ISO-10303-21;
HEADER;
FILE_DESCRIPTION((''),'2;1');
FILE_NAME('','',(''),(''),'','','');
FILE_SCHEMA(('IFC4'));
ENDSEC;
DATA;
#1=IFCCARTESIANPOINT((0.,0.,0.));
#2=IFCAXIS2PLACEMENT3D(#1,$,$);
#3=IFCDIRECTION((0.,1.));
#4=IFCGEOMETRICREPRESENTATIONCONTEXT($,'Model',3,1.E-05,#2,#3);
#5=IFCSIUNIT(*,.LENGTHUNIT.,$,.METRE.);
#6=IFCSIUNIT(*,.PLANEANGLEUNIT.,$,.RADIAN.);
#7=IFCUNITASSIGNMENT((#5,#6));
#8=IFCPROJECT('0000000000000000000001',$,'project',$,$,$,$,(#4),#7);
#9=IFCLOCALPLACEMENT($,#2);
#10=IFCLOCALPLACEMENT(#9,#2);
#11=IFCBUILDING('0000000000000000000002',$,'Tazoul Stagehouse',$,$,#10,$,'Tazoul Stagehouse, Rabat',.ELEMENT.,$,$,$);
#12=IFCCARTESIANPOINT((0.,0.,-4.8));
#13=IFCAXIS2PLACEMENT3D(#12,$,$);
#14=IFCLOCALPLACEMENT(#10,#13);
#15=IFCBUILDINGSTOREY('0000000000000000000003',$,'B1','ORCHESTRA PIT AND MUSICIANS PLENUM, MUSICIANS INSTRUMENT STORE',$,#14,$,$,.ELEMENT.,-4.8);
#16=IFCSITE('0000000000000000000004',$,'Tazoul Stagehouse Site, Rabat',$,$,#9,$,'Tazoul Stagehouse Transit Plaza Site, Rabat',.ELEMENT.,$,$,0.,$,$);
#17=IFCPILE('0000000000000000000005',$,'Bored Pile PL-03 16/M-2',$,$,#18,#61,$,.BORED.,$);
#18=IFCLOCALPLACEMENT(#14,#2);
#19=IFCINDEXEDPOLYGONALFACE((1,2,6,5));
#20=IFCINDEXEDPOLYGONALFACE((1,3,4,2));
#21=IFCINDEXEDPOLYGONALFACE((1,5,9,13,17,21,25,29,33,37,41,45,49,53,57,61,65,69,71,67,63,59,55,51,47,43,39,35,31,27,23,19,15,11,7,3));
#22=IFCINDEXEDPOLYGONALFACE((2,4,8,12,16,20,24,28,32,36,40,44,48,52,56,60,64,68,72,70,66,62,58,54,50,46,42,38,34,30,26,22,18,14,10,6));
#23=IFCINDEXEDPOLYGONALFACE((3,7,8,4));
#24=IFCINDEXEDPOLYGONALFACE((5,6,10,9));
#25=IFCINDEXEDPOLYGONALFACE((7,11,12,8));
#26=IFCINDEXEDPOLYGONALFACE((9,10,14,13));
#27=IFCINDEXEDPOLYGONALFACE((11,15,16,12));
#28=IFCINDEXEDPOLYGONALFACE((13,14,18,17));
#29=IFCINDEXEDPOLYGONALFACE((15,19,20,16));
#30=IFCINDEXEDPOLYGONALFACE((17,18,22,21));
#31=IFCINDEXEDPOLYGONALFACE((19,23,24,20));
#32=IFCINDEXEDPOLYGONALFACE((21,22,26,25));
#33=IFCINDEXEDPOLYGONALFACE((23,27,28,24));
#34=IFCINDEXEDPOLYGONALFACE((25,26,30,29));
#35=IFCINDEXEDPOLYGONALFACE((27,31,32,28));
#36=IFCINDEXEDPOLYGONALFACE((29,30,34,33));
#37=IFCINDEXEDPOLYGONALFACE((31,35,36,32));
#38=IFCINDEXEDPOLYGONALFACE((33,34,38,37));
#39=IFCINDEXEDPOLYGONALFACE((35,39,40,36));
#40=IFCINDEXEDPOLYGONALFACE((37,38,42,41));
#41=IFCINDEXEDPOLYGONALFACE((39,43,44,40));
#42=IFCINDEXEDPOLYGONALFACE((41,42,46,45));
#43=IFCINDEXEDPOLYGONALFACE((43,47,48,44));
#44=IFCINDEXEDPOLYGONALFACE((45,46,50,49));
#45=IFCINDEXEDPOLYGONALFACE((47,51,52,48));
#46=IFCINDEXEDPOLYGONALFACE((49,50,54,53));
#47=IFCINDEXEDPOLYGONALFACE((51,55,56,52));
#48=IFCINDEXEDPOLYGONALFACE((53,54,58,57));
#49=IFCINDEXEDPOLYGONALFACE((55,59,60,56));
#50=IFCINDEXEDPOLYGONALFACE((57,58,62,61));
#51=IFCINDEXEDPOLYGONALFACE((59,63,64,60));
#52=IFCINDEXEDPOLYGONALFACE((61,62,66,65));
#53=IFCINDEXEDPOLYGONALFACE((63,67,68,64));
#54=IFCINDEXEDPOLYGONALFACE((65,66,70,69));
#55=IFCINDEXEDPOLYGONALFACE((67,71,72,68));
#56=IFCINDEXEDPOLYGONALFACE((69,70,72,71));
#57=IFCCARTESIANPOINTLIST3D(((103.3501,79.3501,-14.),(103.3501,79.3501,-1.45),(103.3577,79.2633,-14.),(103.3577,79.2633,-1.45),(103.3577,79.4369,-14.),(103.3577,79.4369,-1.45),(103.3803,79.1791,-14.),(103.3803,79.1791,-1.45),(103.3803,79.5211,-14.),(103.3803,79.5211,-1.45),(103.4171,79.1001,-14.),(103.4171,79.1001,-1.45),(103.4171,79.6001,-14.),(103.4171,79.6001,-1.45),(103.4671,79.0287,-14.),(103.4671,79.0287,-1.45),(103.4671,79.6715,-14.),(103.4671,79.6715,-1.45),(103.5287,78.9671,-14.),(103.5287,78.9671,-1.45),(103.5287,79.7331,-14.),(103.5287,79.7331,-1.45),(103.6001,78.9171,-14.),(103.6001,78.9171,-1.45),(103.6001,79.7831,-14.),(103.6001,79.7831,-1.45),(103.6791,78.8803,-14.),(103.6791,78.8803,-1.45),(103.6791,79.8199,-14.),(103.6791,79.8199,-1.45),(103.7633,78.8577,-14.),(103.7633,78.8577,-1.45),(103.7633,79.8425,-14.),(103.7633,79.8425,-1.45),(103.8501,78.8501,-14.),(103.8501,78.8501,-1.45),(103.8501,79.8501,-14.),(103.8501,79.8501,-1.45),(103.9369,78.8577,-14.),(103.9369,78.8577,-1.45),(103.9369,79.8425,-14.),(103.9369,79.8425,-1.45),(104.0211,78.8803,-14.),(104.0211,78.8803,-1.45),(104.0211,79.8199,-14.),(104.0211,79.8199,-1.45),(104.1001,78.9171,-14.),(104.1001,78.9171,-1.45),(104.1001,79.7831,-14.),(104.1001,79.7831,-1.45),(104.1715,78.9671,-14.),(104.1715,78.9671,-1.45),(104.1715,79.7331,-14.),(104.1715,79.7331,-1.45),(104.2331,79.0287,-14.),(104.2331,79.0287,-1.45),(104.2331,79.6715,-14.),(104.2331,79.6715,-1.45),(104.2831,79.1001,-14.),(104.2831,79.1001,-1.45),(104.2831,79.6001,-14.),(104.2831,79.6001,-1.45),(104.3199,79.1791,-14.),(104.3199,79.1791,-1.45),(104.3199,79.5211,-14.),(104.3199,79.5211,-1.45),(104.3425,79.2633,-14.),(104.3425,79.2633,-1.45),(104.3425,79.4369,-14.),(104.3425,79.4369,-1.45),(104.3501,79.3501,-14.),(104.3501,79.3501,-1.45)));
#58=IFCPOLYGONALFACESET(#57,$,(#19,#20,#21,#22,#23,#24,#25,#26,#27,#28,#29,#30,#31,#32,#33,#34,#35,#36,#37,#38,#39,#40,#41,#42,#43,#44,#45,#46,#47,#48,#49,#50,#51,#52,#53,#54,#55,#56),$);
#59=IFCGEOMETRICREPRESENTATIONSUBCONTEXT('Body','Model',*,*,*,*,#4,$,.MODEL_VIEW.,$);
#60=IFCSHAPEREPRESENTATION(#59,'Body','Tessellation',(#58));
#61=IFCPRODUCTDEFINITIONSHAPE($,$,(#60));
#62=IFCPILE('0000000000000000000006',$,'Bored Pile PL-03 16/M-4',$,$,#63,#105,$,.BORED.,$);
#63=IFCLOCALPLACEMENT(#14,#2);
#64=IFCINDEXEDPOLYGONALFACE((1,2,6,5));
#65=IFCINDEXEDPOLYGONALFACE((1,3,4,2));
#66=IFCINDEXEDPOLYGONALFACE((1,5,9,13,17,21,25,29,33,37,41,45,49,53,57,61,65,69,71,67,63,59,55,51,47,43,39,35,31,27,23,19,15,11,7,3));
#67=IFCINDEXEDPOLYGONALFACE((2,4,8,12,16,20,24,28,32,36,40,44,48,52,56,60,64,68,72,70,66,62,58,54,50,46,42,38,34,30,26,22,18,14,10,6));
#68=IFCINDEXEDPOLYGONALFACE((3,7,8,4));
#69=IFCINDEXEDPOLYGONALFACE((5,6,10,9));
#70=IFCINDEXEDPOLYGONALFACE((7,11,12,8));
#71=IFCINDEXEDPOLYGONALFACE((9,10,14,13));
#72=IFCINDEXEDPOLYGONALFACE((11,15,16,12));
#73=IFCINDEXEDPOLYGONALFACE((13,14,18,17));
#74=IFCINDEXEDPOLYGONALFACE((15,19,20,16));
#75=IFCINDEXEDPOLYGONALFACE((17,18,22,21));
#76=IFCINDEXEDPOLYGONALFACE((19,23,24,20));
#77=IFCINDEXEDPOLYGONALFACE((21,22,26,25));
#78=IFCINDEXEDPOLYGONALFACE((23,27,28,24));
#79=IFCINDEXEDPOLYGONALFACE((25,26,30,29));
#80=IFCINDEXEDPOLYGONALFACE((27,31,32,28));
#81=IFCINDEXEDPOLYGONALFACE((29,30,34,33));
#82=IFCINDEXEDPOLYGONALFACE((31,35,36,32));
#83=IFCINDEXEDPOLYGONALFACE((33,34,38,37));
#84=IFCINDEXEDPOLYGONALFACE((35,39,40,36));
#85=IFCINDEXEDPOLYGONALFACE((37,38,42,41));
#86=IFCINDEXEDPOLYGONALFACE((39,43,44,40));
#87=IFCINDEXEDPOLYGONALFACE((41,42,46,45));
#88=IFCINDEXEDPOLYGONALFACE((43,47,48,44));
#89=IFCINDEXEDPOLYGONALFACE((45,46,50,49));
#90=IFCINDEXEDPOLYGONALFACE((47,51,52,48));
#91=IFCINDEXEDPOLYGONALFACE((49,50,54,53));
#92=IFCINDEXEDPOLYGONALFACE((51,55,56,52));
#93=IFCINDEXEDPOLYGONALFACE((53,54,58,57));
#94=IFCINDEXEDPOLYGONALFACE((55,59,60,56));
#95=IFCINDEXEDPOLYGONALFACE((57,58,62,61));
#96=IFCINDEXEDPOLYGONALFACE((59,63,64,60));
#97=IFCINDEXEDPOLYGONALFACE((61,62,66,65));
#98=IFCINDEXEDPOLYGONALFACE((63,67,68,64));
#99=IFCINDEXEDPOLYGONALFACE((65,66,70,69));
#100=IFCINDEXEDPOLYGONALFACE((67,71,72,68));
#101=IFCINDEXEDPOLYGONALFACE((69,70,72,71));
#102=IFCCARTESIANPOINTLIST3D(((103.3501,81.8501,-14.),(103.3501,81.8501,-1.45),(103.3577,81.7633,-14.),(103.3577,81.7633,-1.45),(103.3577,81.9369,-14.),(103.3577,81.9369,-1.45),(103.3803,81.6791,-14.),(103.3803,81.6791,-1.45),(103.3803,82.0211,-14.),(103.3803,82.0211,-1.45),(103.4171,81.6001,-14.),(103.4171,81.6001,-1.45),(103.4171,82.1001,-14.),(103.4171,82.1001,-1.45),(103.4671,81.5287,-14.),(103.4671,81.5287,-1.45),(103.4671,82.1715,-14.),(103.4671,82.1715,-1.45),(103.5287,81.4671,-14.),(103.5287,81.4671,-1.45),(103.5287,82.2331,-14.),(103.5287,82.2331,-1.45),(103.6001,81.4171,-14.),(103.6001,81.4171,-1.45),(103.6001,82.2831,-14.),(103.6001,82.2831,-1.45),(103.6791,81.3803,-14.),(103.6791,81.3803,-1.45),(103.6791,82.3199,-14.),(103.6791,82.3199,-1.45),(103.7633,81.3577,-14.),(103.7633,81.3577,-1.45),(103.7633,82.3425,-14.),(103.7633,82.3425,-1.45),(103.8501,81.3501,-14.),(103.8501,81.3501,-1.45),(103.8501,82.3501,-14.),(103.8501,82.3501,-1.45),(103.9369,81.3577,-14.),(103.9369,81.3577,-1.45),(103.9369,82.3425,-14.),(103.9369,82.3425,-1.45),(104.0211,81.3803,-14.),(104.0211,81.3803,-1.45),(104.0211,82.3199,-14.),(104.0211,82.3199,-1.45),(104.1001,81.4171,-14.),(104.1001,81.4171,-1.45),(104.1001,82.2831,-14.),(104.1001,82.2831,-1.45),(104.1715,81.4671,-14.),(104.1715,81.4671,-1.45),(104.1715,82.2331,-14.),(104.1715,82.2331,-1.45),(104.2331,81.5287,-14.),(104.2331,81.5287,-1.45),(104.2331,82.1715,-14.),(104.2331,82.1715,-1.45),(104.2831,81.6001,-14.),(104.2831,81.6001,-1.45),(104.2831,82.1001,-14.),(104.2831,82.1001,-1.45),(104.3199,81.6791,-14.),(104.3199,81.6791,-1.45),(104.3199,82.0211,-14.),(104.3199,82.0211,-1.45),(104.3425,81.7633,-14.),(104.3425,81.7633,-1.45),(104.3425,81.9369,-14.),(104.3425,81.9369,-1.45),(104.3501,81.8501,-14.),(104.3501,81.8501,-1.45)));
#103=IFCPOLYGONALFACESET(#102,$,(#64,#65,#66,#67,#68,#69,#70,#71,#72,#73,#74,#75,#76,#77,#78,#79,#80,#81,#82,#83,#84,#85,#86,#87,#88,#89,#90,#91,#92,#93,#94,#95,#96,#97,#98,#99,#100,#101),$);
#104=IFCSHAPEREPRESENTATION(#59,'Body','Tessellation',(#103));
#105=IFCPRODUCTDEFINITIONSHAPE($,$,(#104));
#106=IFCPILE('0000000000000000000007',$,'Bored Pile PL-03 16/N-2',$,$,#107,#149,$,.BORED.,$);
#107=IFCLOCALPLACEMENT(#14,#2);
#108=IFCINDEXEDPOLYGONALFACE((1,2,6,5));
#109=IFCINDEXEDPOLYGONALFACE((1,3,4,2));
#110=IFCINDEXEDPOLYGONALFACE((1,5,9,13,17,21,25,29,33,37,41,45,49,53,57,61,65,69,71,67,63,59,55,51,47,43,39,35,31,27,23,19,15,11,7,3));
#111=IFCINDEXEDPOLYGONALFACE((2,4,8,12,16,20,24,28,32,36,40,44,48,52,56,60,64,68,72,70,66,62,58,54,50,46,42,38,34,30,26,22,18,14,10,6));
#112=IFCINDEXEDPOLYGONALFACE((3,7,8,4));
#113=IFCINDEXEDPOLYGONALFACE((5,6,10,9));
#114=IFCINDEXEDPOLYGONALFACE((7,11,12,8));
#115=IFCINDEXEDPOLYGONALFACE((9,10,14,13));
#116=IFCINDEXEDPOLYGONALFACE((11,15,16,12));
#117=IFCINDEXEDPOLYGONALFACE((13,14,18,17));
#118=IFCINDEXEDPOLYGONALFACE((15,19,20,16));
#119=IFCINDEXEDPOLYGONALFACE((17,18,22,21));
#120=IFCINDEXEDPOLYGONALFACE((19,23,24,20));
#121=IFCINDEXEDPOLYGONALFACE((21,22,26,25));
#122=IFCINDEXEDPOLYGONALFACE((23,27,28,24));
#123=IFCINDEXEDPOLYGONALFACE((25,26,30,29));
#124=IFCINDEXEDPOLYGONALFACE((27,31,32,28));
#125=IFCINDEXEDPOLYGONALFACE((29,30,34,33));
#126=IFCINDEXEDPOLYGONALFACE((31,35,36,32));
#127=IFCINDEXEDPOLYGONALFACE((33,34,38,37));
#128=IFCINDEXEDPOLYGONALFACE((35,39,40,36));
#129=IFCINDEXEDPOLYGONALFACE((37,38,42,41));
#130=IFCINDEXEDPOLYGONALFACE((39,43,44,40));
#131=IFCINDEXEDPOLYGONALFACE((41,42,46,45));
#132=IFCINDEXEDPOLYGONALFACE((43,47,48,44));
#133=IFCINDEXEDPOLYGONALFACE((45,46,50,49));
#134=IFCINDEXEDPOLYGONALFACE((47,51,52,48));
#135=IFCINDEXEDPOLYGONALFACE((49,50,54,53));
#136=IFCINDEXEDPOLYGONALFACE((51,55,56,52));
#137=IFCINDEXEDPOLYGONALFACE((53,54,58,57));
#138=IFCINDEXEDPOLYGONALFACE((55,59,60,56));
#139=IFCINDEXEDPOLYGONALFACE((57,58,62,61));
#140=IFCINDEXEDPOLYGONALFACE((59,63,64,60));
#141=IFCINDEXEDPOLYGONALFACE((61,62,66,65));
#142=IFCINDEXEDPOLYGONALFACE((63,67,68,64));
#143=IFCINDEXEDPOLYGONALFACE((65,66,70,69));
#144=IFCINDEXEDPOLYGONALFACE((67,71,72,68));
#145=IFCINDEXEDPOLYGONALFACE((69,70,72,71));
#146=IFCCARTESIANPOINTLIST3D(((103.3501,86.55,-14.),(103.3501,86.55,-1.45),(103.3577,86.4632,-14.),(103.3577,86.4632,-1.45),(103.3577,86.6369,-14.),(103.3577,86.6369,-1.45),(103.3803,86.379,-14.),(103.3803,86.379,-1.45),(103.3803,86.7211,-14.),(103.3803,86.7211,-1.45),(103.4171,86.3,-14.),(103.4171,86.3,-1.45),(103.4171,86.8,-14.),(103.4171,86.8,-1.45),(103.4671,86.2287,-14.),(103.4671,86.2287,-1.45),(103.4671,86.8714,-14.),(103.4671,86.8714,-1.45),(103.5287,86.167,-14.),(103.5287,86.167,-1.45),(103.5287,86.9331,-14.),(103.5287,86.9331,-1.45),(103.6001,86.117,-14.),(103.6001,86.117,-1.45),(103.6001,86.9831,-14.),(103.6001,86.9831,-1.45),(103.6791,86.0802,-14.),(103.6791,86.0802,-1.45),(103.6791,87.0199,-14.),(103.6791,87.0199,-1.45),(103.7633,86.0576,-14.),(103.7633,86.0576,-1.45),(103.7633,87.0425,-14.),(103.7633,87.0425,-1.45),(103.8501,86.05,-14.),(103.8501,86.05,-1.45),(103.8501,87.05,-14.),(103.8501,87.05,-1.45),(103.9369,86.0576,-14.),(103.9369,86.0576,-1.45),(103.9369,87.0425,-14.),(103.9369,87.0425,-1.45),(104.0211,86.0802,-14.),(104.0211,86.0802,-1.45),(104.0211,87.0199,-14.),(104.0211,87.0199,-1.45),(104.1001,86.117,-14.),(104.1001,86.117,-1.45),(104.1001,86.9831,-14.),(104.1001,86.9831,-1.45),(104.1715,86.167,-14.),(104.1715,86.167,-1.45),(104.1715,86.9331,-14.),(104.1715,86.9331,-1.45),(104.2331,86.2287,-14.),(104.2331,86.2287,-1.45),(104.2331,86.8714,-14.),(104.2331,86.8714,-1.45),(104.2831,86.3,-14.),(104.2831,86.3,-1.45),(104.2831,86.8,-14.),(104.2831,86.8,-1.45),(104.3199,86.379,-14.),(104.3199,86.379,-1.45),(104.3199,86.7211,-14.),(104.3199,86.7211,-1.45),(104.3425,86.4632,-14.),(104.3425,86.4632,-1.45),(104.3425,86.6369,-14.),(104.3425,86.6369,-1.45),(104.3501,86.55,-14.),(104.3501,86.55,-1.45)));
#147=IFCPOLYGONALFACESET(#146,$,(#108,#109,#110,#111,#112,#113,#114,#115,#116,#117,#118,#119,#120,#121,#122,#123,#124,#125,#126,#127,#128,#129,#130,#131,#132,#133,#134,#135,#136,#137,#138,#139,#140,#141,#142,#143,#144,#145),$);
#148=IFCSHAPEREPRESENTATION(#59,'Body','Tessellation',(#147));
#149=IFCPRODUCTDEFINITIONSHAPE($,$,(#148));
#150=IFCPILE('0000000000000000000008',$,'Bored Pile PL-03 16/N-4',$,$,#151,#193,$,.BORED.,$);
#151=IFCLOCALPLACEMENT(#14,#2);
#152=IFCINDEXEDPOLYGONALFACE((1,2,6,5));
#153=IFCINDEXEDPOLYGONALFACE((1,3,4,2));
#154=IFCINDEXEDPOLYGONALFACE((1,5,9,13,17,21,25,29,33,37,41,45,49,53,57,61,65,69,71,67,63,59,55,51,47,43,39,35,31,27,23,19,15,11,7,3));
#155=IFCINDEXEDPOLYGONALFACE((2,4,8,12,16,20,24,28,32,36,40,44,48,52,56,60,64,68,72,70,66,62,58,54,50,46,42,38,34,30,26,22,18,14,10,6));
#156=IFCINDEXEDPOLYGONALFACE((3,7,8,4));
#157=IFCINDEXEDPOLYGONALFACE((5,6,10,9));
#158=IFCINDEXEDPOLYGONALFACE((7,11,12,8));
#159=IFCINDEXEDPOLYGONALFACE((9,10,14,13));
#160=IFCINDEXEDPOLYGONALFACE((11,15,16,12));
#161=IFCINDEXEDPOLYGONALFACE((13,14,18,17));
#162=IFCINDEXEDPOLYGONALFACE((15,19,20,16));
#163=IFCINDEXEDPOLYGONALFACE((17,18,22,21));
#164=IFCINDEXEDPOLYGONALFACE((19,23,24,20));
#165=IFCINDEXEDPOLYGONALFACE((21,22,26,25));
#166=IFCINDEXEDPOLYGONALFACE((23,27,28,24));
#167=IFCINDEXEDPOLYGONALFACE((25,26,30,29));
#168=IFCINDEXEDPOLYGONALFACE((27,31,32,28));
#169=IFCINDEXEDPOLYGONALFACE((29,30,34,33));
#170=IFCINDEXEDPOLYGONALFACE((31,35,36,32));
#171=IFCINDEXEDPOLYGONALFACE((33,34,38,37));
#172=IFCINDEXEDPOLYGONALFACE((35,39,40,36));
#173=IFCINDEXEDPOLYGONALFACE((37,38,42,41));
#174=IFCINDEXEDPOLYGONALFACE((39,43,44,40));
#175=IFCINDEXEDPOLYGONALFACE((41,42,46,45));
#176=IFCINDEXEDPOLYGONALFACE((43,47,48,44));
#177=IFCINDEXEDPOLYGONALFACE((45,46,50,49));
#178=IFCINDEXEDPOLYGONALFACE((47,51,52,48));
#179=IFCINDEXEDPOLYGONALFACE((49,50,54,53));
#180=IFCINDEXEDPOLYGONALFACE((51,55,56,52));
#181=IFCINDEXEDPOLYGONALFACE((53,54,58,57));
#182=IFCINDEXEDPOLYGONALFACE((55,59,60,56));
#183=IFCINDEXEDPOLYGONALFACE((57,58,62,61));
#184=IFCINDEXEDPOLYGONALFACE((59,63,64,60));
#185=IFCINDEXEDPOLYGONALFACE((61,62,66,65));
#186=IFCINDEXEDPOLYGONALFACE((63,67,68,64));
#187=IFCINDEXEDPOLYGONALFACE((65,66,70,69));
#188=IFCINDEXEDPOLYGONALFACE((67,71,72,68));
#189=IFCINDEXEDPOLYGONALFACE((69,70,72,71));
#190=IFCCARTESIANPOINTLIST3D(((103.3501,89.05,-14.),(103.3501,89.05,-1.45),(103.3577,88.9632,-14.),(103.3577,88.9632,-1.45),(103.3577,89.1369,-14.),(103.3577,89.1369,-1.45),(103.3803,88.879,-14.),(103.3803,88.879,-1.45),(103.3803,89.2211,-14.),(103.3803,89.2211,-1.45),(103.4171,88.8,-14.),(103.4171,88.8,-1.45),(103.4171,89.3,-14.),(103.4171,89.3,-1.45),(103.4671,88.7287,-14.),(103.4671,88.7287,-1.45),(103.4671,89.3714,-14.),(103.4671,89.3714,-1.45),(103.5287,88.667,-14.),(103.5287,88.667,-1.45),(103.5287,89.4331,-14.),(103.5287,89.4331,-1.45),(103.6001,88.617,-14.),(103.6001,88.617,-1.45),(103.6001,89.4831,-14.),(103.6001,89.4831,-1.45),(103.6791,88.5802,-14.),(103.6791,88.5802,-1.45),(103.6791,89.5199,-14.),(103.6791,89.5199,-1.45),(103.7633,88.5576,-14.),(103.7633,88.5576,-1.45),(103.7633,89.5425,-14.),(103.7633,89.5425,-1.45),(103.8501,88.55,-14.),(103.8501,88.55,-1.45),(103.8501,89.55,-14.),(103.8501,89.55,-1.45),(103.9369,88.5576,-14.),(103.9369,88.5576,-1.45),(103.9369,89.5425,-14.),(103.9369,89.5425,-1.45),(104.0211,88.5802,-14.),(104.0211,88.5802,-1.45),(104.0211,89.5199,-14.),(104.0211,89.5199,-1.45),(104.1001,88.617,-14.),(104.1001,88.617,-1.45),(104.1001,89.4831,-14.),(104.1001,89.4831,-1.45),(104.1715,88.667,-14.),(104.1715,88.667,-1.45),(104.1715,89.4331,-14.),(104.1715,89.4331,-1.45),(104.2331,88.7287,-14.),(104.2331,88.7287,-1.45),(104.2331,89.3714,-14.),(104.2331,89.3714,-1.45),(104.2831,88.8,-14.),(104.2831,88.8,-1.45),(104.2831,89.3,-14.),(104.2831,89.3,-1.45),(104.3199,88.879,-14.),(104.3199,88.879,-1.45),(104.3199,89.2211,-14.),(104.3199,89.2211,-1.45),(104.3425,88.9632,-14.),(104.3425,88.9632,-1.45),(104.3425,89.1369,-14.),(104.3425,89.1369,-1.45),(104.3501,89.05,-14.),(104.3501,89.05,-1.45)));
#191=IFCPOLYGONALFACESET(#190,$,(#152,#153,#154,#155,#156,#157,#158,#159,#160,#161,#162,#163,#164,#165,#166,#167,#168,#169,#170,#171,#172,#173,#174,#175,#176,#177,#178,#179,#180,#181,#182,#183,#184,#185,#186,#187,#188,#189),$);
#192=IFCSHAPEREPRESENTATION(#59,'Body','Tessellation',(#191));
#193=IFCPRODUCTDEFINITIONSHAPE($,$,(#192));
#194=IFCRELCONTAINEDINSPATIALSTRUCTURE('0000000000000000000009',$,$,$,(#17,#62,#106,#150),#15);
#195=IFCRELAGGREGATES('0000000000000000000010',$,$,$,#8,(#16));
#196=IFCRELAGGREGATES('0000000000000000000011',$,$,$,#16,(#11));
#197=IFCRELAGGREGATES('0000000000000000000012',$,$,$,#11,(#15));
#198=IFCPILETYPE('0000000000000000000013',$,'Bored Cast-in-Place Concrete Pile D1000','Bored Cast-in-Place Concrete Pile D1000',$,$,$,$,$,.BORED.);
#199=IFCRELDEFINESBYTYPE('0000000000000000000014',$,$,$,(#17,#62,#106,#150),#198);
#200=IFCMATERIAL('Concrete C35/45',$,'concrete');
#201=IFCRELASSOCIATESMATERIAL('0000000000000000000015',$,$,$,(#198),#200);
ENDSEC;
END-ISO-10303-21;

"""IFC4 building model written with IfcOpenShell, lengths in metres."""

from ifc_helpers import new_model, si_unit, direction, frame, origin, origin_2d, place, context, subcontext, project, spatial, circle, extrude, material, material_profile, profile_set, type_object, element, save


model = new_model("IFC4")

# Units and contexts
model_context = context("Model", 3, precision=1e-05, world=origin(), true_north=direction((0.0, 1.0)))
body_context = subcontext(model_context, "Body", "Model", "MODEL_VIEW")
ifc_project = project(units=[si_unit("LENGTHUNIT", "METRE"), si_unit("PLANEANGLEUNIT", "RADIAN")], contexts=[model_context])

# Site, building, storey
site_placement = place(None, origin())
site = spatial("IfcSite", under=ifc_project, at=site_placement, Name="Tazoul Stagehouse Site, Rabat", LongName="Tazoul Stagehouse Transit Plaza Site, Rabat", CompositionType="ELEMENT", RefElevation=0.0)
building_placement = place(site_placement, origin())
building = spatial("IfcBuilding", under=site, at=building_placement, Name="Tazoul Stagehouse", LongName="Tazoul Stagehouse, Rabat", CompositionType="ELEMENT")
storey_placement = place(building_placement, frame((0.0, 0.0, -4.8)))
storey = spatial("IfcBuildingStorey", under=building, at=storey_placement, Name="B1", Description="ORCHESTRA PIT AND MUSICIANS PLENUM, MUSICIANS INSTRUMENT STORE", CompositionType="ELEMENT", Elevation=-4.8)

# Piles
ifc_material_1 = material(Name="Concrete C35/45", Category="concrete")
ifc_material_profile_1 = material_profile(ifc_material_1, circle(Radius=0.5, at=origin_2d()), Name="BORED PILE 1000")
ifc_profile_set_1 = profile_set([ifc_material_profile_1], Name="Concrete C35/45")
pile_type = type_object("IfcPileType", Name="Bored Cast-in-Place Concrete Pile D1000", Description="Bored Cast-in-Place Concrete Pile D1000", PredefinedType="BORED", material=ifc_profile_set_1)
for number, where, z_axis, x_axis, name in (
    (1, (103.8501, 79.3501, -1.45), (0.0, 0.0, -1.0), (1.0, 0.0, 0.0), "Bored Pile PL-03 16/M-2"),
    (2, (103.8501, 81.8501, -1.45), (0.0, 0.0, -1.0), (1.0, 0.0, 0.0), "Bored Pile PL-03 16/M-4"),
    (3, (103.8501, 86.55, -1.45), (0.0, 0.0, -1.0), (1.0, 0.0, 0.0), "Bored Pile PL-03 16/N-2"),
    (4, (103.8501, 89.05, -1.45), (0.0, 0.0, -1.0), (1.0, 0.0, 0.0), "Bored Pile PL-03 16/N-4"),
):
    element("IfcPile", number, at=place(storey_placement, frame(where, z_axis=z_axis, x_axis=x_axis)), inside=storey, type_object=pile_type, Name=name, PredefinedType="BORED", context=body_context, shape_type="SweptSolid", body=[
        extrude(circle(Radius=0.5, at=origin_2d()), origin(), (0.0, 0.0, 1.0), 12.55),
    ])

save(model, "model.ifc")
